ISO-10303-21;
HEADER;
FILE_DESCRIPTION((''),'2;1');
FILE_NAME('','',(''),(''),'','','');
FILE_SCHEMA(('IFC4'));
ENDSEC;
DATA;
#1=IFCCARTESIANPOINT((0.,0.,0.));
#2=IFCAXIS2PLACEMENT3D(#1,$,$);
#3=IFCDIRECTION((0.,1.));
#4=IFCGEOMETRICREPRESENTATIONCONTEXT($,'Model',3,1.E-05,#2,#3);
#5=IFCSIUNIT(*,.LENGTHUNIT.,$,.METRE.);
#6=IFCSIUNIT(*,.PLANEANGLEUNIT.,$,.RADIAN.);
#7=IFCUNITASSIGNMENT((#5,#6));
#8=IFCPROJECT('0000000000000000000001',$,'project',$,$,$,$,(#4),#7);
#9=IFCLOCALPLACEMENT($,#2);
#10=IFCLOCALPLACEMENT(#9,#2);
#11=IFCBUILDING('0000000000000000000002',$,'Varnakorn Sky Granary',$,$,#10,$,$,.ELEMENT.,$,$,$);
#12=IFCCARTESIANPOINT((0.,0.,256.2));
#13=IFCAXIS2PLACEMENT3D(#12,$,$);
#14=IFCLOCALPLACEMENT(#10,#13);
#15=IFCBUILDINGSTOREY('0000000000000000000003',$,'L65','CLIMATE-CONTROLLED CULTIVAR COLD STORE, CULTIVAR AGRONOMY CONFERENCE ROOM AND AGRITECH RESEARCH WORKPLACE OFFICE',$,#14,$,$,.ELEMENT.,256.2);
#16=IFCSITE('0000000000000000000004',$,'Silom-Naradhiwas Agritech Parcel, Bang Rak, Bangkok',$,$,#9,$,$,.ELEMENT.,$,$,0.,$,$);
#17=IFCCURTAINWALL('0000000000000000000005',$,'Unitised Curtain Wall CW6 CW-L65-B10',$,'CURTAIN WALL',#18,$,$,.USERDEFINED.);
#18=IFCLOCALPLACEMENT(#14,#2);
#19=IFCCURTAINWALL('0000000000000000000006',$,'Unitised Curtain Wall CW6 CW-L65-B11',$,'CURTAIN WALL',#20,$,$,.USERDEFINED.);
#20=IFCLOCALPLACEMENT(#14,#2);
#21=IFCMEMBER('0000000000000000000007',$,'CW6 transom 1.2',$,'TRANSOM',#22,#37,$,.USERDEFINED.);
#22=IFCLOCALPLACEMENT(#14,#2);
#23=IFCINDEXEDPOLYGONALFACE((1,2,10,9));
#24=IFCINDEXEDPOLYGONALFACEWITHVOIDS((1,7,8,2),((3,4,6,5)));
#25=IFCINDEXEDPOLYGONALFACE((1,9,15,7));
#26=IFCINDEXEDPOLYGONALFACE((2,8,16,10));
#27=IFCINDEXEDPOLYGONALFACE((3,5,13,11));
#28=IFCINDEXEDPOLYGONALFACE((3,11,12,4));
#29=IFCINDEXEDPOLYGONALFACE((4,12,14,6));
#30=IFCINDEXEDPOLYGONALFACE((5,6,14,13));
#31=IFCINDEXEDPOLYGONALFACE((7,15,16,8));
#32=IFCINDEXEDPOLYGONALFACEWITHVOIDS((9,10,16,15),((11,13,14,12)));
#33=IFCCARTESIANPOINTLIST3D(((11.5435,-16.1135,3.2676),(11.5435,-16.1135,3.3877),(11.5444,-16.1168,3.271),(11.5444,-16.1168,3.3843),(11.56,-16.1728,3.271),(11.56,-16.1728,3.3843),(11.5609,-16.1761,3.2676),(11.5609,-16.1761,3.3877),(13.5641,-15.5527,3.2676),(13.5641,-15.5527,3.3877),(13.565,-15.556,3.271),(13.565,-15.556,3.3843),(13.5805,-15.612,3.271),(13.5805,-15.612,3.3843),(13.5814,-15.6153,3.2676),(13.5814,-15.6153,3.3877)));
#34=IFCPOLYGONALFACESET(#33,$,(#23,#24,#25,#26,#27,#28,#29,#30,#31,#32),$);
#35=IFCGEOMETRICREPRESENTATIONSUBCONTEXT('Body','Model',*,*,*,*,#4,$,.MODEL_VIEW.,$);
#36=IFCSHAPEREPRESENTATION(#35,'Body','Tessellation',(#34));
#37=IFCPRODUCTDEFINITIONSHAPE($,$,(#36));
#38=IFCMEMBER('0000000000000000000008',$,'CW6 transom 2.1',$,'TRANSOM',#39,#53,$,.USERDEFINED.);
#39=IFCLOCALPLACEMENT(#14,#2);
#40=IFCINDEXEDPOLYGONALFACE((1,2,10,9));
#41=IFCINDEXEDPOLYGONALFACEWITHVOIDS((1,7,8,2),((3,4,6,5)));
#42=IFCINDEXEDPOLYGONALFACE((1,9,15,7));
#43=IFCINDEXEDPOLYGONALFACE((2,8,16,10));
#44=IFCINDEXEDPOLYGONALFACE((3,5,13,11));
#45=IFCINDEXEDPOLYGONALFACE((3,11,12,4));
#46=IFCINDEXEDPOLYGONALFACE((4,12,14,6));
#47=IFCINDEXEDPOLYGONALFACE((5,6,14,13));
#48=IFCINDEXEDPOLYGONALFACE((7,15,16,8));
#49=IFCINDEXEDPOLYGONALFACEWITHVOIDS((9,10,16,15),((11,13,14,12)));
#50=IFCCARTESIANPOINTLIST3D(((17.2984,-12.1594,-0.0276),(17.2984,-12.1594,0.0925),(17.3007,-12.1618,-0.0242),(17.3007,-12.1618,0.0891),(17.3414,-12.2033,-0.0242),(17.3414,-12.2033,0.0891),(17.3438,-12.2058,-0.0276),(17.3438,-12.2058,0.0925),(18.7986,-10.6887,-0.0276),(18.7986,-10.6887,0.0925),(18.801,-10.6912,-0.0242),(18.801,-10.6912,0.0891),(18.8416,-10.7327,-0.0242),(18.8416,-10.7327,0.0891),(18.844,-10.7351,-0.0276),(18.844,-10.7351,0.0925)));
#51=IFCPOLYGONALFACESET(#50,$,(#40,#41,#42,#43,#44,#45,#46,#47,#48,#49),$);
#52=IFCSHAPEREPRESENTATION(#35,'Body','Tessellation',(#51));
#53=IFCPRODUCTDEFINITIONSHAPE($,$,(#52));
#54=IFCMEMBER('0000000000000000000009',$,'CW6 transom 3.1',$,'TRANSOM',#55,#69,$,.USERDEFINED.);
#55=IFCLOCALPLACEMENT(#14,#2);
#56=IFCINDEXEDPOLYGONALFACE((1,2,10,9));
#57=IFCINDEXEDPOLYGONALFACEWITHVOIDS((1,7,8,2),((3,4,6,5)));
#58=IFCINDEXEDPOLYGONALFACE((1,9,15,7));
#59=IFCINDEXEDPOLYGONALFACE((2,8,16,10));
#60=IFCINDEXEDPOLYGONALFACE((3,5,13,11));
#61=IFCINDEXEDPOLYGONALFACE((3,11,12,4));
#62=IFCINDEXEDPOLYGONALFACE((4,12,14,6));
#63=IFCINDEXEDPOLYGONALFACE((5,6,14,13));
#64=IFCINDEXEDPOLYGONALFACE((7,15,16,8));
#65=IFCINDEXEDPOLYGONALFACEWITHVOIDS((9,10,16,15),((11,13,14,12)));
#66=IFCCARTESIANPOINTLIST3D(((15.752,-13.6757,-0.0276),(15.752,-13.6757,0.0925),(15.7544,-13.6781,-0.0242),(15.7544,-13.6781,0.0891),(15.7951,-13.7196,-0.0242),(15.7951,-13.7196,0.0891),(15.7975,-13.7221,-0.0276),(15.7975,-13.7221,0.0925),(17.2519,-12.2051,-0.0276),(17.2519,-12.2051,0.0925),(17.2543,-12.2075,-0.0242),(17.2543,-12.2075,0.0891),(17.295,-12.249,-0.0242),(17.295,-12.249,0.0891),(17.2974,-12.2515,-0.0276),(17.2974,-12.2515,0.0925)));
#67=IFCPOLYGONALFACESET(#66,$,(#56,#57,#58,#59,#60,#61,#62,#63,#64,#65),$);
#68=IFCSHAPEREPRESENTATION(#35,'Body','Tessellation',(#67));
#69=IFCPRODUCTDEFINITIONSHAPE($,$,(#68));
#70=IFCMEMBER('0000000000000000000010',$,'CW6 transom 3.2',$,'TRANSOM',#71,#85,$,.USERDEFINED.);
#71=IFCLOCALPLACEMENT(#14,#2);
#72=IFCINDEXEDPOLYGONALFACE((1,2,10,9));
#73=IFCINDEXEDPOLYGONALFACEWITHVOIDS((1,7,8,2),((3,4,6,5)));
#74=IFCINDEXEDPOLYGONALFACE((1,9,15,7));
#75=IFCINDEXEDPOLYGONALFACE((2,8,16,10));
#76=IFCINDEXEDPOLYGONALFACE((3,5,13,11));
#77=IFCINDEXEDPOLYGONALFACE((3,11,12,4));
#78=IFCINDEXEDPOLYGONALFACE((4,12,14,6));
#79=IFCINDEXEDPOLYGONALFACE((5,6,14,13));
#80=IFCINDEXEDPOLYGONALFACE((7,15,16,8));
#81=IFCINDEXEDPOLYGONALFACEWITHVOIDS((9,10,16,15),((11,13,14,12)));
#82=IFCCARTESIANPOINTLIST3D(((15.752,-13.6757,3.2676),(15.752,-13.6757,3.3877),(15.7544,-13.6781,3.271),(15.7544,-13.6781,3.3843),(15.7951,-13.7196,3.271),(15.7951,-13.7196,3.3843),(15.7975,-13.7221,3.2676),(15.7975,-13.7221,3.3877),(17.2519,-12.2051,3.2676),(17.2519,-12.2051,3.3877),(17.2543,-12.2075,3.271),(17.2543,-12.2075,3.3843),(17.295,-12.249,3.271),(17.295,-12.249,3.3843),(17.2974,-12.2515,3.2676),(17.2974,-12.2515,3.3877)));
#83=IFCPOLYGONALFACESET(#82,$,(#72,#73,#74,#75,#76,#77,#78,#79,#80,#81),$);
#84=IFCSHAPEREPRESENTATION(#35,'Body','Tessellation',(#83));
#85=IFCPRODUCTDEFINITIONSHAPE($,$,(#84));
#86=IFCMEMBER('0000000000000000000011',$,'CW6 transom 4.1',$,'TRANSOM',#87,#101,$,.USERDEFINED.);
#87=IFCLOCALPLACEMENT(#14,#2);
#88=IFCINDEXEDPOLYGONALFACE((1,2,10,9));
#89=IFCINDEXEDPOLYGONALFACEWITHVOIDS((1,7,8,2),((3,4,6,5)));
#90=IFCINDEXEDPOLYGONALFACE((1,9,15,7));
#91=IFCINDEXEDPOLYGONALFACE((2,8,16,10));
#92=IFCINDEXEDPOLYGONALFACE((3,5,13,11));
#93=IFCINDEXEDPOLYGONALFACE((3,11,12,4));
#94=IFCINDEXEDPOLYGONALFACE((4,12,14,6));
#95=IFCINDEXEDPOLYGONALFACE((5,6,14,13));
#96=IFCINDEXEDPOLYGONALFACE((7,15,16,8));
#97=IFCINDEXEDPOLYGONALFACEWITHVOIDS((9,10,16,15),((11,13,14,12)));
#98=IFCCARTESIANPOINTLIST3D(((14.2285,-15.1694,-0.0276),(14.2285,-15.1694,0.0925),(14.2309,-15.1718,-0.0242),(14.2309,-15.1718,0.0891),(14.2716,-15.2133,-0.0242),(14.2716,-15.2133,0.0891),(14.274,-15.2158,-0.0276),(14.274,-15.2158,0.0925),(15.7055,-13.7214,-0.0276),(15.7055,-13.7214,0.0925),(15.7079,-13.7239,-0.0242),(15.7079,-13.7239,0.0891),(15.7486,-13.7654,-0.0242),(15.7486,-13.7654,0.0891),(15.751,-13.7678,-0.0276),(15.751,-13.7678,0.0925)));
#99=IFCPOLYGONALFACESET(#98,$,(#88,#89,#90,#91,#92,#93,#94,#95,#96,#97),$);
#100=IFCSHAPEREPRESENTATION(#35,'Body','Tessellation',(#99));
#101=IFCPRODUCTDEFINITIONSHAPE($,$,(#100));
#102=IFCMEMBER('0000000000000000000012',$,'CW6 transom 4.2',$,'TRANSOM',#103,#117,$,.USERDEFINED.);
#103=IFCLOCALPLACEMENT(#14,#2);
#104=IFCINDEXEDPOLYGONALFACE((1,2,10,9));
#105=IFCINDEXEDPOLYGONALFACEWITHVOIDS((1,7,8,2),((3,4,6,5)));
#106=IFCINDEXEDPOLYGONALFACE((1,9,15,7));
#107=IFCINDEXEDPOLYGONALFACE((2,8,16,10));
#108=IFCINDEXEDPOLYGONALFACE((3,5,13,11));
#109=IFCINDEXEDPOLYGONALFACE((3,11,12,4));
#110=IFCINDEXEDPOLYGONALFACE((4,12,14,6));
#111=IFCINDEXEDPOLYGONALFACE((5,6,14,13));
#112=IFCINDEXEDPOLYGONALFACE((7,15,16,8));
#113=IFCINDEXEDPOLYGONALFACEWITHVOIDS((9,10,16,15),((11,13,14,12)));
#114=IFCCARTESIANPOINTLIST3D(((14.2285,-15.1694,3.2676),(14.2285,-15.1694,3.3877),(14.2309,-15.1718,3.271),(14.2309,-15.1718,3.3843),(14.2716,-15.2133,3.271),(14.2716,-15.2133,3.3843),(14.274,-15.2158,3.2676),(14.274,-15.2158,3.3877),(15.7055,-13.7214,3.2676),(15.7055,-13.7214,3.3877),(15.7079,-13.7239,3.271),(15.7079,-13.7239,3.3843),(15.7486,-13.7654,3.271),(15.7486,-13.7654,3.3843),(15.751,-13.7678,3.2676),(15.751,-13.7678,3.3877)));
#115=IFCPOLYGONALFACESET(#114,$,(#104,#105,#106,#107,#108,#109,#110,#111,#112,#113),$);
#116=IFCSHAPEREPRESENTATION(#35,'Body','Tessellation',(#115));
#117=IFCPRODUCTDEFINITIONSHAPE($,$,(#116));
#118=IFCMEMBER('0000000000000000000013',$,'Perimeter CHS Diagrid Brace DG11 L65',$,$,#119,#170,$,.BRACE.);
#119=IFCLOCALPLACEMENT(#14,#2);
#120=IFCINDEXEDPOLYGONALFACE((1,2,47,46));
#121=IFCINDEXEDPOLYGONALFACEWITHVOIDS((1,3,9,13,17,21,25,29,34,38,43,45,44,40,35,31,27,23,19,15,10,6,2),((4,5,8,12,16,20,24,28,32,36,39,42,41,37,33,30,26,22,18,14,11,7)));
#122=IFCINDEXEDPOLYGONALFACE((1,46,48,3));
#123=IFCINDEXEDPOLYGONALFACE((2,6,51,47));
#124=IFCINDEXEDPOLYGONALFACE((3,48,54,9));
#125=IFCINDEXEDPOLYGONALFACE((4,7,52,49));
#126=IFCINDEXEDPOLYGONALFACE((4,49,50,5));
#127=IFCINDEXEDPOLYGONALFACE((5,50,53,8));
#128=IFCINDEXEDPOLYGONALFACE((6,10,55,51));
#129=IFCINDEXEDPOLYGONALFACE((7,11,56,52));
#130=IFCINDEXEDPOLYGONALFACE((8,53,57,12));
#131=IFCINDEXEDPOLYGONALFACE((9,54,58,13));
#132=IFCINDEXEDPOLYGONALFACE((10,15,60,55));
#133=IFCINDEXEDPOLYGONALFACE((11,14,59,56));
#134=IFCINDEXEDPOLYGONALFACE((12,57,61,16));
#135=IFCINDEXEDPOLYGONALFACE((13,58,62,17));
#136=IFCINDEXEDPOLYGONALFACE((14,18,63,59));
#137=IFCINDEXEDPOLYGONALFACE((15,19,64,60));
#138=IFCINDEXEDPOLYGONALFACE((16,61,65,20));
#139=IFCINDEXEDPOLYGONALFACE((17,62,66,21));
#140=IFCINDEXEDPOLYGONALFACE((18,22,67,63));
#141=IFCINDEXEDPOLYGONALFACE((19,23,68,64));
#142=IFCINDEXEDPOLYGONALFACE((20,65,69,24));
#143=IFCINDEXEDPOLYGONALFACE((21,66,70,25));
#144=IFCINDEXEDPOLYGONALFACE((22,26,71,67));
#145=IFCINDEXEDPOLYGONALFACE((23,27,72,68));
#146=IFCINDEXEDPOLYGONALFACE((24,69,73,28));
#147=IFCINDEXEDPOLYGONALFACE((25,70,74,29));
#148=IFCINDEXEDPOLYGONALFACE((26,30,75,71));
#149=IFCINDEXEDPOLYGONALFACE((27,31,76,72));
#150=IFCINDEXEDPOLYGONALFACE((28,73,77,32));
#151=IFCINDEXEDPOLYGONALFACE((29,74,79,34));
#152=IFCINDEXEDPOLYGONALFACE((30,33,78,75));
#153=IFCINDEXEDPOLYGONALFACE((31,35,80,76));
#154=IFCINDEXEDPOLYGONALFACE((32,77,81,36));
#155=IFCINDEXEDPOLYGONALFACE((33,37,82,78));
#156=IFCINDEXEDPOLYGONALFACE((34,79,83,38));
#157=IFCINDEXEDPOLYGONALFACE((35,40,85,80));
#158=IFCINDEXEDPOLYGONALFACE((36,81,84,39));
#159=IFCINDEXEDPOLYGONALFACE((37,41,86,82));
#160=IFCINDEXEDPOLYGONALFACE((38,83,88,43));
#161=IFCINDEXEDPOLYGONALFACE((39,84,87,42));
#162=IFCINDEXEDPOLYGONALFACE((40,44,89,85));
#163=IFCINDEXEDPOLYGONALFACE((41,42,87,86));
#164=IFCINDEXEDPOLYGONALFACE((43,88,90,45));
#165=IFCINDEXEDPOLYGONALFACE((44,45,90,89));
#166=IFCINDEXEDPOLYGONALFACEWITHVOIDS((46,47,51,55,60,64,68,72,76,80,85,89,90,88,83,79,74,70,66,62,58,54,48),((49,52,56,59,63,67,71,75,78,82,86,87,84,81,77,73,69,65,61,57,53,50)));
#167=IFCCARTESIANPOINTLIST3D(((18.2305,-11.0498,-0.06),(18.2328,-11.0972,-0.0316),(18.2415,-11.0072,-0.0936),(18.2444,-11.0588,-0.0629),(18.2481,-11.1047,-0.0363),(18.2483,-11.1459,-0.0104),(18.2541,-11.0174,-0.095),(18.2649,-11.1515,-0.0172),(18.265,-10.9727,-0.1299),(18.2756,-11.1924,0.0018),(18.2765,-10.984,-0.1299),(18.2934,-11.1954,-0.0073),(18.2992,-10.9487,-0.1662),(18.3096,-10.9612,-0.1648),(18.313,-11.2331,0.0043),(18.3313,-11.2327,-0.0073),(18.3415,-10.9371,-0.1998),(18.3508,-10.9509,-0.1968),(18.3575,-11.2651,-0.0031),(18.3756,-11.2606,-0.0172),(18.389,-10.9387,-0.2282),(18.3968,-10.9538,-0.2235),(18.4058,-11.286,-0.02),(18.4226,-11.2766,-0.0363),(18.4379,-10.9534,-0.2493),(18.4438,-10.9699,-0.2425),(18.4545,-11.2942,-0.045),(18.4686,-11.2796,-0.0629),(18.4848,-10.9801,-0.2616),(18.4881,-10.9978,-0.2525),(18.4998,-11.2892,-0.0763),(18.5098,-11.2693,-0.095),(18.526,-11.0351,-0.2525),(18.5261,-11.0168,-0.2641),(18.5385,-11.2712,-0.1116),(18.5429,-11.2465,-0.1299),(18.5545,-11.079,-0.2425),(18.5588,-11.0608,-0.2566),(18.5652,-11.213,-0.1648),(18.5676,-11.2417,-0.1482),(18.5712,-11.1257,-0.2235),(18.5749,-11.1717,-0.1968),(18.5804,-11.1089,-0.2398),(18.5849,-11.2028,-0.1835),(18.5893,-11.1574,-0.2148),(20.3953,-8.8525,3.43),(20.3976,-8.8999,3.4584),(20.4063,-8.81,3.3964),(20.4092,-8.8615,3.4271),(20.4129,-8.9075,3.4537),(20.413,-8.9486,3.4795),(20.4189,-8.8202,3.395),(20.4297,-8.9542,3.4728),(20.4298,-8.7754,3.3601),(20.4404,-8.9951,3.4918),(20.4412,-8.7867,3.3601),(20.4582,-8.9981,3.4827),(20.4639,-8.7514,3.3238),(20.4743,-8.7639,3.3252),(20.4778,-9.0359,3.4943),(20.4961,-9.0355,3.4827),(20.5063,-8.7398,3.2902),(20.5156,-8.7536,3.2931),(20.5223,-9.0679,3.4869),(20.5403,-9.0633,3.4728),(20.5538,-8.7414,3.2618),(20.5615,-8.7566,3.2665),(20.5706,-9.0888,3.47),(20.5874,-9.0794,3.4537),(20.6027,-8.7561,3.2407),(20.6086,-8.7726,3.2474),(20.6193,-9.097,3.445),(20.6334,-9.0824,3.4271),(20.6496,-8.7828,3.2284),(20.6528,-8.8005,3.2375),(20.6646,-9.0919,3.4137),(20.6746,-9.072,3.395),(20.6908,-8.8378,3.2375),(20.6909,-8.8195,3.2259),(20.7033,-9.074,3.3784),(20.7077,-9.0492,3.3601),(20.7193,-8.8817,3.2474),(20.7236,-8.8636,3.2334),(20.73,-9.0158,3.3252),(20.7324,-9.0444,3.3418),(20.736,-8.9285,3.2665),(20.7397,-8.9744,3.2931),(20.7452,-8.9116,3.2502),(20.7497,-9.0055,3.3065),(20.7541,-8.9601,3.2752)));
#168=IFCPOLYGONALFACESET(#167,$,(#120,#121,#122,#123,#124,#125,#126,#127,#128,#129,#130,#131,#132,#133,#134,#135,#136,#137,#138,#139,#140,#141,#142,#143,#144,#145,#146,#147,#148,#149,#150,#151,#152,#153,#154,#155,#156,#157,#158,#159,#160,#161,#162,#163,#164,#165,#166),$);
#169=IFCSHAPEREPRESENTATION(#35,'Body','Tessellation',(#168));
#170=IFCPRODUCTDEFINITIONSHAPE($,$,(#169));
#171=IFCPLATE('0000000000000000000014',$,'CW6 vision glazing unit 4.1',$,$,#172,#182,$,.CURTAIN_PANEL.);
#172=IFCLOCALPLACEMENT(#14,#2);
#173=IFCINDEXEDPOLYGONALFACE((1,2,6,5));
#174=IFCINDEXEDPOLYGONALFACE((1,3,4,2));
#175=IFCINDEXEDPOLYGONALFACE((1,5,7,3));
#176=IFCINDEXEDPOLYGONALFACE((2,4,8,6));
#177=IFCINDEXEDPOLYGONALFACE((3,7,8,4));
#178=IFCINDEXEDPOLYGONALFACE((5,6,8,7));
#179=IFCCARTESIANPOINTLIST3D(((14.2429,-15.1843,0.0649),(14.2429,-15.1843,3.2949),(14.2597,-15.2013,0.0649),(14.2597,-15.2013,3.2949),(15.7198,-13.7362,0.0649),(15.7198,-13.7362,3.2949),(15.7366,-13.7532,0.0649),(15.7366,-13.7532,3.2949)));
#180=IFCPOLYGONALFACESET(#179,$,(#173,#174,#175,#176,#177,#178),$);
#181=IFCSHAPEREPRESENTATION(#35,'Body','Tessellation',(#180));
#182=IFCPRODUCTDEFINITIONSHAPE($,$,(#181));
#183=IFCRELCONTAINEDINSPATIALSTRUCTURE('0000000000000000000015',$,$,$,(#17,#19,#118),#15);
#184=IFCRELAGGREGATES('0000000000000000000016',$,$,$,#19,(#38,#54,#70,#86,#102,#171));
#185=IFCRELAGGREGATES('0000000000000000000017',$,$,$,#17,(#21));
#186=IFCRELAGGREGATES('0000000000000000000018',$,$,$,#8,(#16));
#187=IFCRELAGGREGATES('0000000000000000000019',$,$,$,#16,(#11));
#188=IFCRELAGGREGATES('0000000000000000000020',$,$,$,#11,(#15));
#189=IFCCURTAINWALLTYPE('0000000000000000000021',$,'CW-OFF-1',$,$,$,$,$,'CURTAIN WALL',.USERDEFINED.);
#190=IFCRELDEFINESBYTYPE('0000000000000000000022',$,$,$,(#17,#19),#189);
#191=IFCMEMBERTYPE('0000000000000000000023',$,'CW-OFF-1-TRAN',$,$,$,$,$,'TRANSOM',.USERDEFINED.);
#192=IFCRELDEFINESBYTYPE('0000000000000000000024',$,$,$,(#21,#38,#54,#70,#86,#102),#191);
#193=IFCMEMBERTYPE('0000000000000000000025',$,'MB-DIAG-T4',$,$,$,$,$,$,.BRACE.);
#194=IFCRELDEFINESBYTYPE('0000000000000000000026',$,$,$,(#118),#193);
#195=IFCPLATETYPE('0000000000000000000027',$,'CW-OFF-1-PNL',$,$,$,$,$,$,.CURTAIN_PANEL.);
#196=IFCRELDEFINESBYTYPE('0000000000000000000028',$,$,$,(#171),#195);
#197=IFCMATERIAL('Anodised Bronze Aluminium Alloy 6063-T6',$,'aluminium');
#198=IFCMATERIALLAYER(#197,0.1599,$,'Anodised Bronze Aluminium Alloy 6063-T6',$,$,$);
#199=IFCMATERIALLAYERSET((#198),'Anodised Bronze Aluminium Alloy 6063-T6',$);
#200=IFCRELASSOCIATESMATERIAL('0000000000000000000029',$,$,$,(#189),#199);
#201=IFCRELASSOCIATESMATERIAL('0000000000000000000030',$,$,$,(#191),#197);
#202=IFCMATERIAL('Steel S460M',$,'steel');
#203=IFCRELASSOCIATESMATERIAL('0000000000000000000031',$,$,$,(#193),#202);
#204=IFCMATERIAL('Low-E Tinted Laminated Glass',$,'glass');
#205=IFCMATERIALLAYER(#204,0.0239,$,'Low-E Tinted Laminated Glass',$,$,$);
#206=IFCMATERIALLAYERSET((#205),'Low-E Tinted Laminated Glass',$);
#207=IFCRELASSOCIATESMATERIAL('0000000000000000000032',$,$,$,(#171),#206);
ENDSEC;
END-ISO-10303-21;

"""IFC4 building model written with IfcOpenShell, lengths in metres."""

from ifc_helpers import new_model, si_unit, direction, frame, origin, origin_2d, place, context, subcontext, project, spatial, rectangle, hollow_rectangle, hollow_circle, extrude, source, transform, mapped, material, layer, layer_set, material_profile, profile_set, type_object, element, aggregate, save


model = new_model("IFC4")

# Units and contexts
model_context = context("Model", 3, precision=1e-05, world=origin(), true_north=direction((0.0, 1.0)))
body_context = subcontext(model_context, "Body", "Model", "MODEL_VIEW")
ifc_project = project(units=[si_unit("LENGTHUNIT", "METRE"), si_unit("PLANEANGLEUNIT", "RADIAN")], contexts=[model_context])

# Site, building, storey
site_placement = place(None, origin())
site = spatial("IfcSite", under=ifc_project, at=site_placement, Name="Silom-Naradhiwas Agritech Parcel, Bang Rak, Bangkok", CompositionType="ELEMENT", RefElevation=0.0)
building_placement = place(site_placement, origin())
building = spatial("IfcBuilding", under=site, at=building_placement, Name="Varnakorn Sky Granary", CompositionType="ELEMENT")
storey_placement = place(building_placement, frame((0.0, 0.0, 256.2)))
storey = spatial("IfcBuildingStorey", under=building, at=storey_placement, Name="L65", Description="CLIMATE-CONTROLLED CULTIVAR COLD STORE, CULTIVAR AGRONOMY CONFERENCE ROOM AND AGRITECH RESEARCH WORKPLACE OFFICE", CompositionType="ELEMENT", Elevation=256.2)

# Shared definitions
ifc_material_1 = material(Name="Steel S460M", Category="steel")

# Curtain wall
ifc_material_2 = material(Name="Anodised Bronze Aluminium Alloy 6063-T6", Category="aluminium")
ifc_layer_1 = layer(ifc_material_2, 0.1599, Name="Anodised Bronze Aluminium Alloy 6063-T6")
ifc_layer_set_1 = layer_set([ifc_layer_1], Name="Anodised Bronze Aluminium Alloy 6063-T6")
curtain_wall_type = type_object("IfcCurtainWallType", Name="CW-OFF-1", ElementType="CURTAIN WALL", PredefinedType="USERDEFINED", material=ifc_layer_set_1)
curtain_wall_1_placement = place(storey_placement, origin())
curtain_wall_1 = element("IfcCurtainWall", 1, at=curtain_wall_1_placement, inside=storey, type_object=curtain_wall_type, Name="Unitised Curtain Wall CW6 CW-L65-B10", ObjectType="CURTAIN WALL", PredefinedType="USERDEFINED")

# Curtain wall
curtain_wall_2_placement = place(storey_placement, origin())
curtain_wall_2 = element("IfcCurtainWall", 2, at=curtain_wall_2_placement, inside=storey, type_object=curtain_wall_type, Name="Unitised Curtain Wall CW6 CW-L65-B11", ObjectType="CURTAIN WALL", PredefinedType="USERDEFINED")

# Members
ifc_material_profile_1 = material_profile(ifc_material_2, hollow_rectangle(XDim=0.0649, YDim=0.1201, WallThickness=0.0034, at=origin_2d()), Name="ALU TRAN 65x120")
ifc_profile_set_1 = profile_set([ifc_material_profile_1], Name="Anodised Bronze Aluminium Alloy 6063-T6")
member_type_1 = type_object("IfcMemberType", Name="CW-OFF-1-TRAN", ElementType="TRANSOM", PredefinedType="USERDEFINED", material=ifc_profile_set_1)
member_1_placement = place(storey_placement, frame((13.5728, -15.584, 3.3276), z_axis=(-0.963575, -0.26744, 0.0), x_axis=(0.26744, -0.963575, 0.0)))
member_1 = element("IfcMember", 3, at=member_1_placement, type_object=member_type_1, Name="CW6 transom 1.2", ObjectType="TRANSOM", PredefinedType="USERDEFINED", context=body_context, shape_type="SweptSolid", body=[
    extrude(hollow_rectangle(XDim=0.0649, YDim=0.1201, WallThickness=0.0034, at=origin_2d()), origin(), (0.0, 0.0, 1.0), 2.0969),
])
member_2_placement = place(storey_placement, frame((18.8213, -10.7119, 0.0325), z_axis=(-0.714102, -0.700041, 0.0), x_axis=(0.700041, -0.714102, 0.0)))
member_2 = element("IfcMember", 4, at=member_2_placement, type_object=member_type_1, Name="CW6 transom 2.1", ObjectType="TRANSOM", PredefinedType="USERDEFINED", context=body_context, shape_type="SweptSolid", body=[
    extrude(hollow_rectangle(XDim=0.0649, YDim=0.1201, WallThickness=0.0034, at=origin_2d()), origin(), (0.0, 0.0, 1.0), 2.1008),
])
member_3_placement = place(storey_placement, frame((17.2747, -12.2283, 0.0325), z_axis=(-0.714045, -0.700099, 0.0), x_axis=(0.700099, -0.714045, 0.0)))
member_3 = element("IfcMember", 5, at=member_3_placement, type_object=member_type_1, Name="CW6 transom 3.1", ObjectType="TRANSOM", PredefinedType="USERDEFINED", context=body_context, shape_type="SweptSolid", body=[
    extrude(hollow_rectangle(XDim=0.0649, YDim=0.1201, WallThickness=0.0034, at=origin_2d()), origin(), (0.0, 0.0, 1.0), 2.1006),
])
member_4_placement = place(storey_placement, frame((17.2747, -12.2283, 3.3276), z_axis=(-0.714045, -0.700099, 0.0), x_axis=(0.700099, -0.714045, 0.0)))
member_4 = element("IfcMember", 6, at=member_4_placement, type_object=member_type_1, Name="CW6 transom 3.2", ObjectType="TRANSOM", PredefinedType="USERDEFINED", context=body_context, shape_type="SweptSolid", body=[
    extrude(hollow_rectangle(XDim=0.0649, YDim=0.1201, WallThickness=0.0034, at=origin_2d()), origin(), (0.0, 0.0, 1.0), 2.1006),
])
member_5_placement = place(storey_placement, frame((15.7283, -13.7446, 0.0325), z_axis=(-0.714095, -0.700049, 0.0), x_axis=(0.700049, -0.714095, 0.0)))
member_5 = element("IfcMember", 7, at=member_5_placement, type_object=member_type_1, Name="CW6 transom 4.1", ObjectType="TRANSOM", PredefinedType="USERDEFINED", context=body_context, shape_type="SweptSolid", body=[
    extrude(hollow_rectangle(XDim=0.0649, YDim=0.1201, WallThickness=0.0034, at=origin_2d()), origin(), (0.0, 0.0, 1.0), 2.0684),
])
member_6_placement = place(storey_placement, frame((15.7283, -13.7446, 3.3276), z_axis=(-0.714095, -0.700049, 0.0), x_axis=(0.700049, -0.714095, 0.0)))
member_6 = element("IfcMember", 8, at=member_6_placement, type_object=member_type_1, Name="CW6 transom 4.2", ObjectType="TRANSOM", PredefinedType="USERDEFINED", context=body_context, shape_type="SweptSolid", body=[
    extrude(hollow_rectangle(XDim=0.0649, YDim=0.1201, WallThickness=0.0034, at=origin_2d()), origin(), (0.0, 0.0, 1.0), 2.0684),
])
ifc_material_profile_2 = material_profile(ifc_material_1, hollow_circle(Radius=0.2031, WallThickness=0.0161, at=origin_2d()), Name="CHS 406.4x16")
ifc_profile_set_2 = profile_set([ifc_material_profile_2], Name="Steel S460M")
member_type_2 = type_object("IfcMemberType", Name="MB-DIAG-T4", PredefinedType="BRACE", material=ifc_profile_set_2)
member_7_placement = place(storey_placement, frame((18.4097, -11.1152, -0.1299), z_axis=(0.464776, 0.471747, 0.749292), x_axis=(-0.712351, 0.701824, 0.0)))
element("IfcMember", 9, at=member_7_placement, inside=storey, type_object=member_type_2, Name="Perimeter CHS Diagrid Brace DG11 L65", PredefinedType="BRACE", context=body_context, shape_type="SweptSolid", body=[
    extrude(hollow_circle(Radius=0.2031, WallThickness=0.0161, at=origin_2d()), origin(), (0.0, 0.0, 1.0), 4.6577),
])

# Plate
ifc_material_3 = material(Name="Low-E Tinted Laminated Glass", Category="glass")
ifc_layer_2 = layer(ifc_material_3, 0.0239, Name="Low-E Tinted Laminated Glass")
ifc_layer_set_2 = layer_set([ifc_layer_2], Name="Low-E Tinted Laminated Glass")
plate_type = type_object("IfcPlateType", Name="CW-OFF-1-PNL", PredefinedType="CURTAIN_PANEL")
shared_shape_1 = source(origin(), body_context, "Body", "SweptSolid", [
    extrude(rectangle(XDim=2.0684, YDim=0.0239, at=origin_2d()), origin(), (0.0, 0.0, 1.0), 3.23),
])
plate_1_placement = place(storey_placement, frame((14.9897, -14.4688, 0.0649), z_axis=(0.0, 0.0, 1.0), x_axis=(-0.714027, -0.700118, 0.0)))
plate_1 = element("IfcPlate", 10, at=plate_1_placement, type_object=plate_type, material=ifc_layer_set_2, Name="CW6 vision glazing unit 4.1", PredefinedType="CURTAIN_PANEL", context=body_context, shape_type="MappedRepresentation", body=[
    mapped(shared_shape_1, transform((0.0, 0.0, 0.0), x_axis=(1.0, 0.0, 0.0), y_axis=(0.0, 1.0, 0.0), z_axis=(0.0, 0.0, 1.0), scale=1.0)),
])
aggregate(curtain_wall_2, [member_2, member_3, member_4, member_5, member_6, plate_1])
aggregate(curtain_wall_1, [member_1])

save(model, "model.ifc")
